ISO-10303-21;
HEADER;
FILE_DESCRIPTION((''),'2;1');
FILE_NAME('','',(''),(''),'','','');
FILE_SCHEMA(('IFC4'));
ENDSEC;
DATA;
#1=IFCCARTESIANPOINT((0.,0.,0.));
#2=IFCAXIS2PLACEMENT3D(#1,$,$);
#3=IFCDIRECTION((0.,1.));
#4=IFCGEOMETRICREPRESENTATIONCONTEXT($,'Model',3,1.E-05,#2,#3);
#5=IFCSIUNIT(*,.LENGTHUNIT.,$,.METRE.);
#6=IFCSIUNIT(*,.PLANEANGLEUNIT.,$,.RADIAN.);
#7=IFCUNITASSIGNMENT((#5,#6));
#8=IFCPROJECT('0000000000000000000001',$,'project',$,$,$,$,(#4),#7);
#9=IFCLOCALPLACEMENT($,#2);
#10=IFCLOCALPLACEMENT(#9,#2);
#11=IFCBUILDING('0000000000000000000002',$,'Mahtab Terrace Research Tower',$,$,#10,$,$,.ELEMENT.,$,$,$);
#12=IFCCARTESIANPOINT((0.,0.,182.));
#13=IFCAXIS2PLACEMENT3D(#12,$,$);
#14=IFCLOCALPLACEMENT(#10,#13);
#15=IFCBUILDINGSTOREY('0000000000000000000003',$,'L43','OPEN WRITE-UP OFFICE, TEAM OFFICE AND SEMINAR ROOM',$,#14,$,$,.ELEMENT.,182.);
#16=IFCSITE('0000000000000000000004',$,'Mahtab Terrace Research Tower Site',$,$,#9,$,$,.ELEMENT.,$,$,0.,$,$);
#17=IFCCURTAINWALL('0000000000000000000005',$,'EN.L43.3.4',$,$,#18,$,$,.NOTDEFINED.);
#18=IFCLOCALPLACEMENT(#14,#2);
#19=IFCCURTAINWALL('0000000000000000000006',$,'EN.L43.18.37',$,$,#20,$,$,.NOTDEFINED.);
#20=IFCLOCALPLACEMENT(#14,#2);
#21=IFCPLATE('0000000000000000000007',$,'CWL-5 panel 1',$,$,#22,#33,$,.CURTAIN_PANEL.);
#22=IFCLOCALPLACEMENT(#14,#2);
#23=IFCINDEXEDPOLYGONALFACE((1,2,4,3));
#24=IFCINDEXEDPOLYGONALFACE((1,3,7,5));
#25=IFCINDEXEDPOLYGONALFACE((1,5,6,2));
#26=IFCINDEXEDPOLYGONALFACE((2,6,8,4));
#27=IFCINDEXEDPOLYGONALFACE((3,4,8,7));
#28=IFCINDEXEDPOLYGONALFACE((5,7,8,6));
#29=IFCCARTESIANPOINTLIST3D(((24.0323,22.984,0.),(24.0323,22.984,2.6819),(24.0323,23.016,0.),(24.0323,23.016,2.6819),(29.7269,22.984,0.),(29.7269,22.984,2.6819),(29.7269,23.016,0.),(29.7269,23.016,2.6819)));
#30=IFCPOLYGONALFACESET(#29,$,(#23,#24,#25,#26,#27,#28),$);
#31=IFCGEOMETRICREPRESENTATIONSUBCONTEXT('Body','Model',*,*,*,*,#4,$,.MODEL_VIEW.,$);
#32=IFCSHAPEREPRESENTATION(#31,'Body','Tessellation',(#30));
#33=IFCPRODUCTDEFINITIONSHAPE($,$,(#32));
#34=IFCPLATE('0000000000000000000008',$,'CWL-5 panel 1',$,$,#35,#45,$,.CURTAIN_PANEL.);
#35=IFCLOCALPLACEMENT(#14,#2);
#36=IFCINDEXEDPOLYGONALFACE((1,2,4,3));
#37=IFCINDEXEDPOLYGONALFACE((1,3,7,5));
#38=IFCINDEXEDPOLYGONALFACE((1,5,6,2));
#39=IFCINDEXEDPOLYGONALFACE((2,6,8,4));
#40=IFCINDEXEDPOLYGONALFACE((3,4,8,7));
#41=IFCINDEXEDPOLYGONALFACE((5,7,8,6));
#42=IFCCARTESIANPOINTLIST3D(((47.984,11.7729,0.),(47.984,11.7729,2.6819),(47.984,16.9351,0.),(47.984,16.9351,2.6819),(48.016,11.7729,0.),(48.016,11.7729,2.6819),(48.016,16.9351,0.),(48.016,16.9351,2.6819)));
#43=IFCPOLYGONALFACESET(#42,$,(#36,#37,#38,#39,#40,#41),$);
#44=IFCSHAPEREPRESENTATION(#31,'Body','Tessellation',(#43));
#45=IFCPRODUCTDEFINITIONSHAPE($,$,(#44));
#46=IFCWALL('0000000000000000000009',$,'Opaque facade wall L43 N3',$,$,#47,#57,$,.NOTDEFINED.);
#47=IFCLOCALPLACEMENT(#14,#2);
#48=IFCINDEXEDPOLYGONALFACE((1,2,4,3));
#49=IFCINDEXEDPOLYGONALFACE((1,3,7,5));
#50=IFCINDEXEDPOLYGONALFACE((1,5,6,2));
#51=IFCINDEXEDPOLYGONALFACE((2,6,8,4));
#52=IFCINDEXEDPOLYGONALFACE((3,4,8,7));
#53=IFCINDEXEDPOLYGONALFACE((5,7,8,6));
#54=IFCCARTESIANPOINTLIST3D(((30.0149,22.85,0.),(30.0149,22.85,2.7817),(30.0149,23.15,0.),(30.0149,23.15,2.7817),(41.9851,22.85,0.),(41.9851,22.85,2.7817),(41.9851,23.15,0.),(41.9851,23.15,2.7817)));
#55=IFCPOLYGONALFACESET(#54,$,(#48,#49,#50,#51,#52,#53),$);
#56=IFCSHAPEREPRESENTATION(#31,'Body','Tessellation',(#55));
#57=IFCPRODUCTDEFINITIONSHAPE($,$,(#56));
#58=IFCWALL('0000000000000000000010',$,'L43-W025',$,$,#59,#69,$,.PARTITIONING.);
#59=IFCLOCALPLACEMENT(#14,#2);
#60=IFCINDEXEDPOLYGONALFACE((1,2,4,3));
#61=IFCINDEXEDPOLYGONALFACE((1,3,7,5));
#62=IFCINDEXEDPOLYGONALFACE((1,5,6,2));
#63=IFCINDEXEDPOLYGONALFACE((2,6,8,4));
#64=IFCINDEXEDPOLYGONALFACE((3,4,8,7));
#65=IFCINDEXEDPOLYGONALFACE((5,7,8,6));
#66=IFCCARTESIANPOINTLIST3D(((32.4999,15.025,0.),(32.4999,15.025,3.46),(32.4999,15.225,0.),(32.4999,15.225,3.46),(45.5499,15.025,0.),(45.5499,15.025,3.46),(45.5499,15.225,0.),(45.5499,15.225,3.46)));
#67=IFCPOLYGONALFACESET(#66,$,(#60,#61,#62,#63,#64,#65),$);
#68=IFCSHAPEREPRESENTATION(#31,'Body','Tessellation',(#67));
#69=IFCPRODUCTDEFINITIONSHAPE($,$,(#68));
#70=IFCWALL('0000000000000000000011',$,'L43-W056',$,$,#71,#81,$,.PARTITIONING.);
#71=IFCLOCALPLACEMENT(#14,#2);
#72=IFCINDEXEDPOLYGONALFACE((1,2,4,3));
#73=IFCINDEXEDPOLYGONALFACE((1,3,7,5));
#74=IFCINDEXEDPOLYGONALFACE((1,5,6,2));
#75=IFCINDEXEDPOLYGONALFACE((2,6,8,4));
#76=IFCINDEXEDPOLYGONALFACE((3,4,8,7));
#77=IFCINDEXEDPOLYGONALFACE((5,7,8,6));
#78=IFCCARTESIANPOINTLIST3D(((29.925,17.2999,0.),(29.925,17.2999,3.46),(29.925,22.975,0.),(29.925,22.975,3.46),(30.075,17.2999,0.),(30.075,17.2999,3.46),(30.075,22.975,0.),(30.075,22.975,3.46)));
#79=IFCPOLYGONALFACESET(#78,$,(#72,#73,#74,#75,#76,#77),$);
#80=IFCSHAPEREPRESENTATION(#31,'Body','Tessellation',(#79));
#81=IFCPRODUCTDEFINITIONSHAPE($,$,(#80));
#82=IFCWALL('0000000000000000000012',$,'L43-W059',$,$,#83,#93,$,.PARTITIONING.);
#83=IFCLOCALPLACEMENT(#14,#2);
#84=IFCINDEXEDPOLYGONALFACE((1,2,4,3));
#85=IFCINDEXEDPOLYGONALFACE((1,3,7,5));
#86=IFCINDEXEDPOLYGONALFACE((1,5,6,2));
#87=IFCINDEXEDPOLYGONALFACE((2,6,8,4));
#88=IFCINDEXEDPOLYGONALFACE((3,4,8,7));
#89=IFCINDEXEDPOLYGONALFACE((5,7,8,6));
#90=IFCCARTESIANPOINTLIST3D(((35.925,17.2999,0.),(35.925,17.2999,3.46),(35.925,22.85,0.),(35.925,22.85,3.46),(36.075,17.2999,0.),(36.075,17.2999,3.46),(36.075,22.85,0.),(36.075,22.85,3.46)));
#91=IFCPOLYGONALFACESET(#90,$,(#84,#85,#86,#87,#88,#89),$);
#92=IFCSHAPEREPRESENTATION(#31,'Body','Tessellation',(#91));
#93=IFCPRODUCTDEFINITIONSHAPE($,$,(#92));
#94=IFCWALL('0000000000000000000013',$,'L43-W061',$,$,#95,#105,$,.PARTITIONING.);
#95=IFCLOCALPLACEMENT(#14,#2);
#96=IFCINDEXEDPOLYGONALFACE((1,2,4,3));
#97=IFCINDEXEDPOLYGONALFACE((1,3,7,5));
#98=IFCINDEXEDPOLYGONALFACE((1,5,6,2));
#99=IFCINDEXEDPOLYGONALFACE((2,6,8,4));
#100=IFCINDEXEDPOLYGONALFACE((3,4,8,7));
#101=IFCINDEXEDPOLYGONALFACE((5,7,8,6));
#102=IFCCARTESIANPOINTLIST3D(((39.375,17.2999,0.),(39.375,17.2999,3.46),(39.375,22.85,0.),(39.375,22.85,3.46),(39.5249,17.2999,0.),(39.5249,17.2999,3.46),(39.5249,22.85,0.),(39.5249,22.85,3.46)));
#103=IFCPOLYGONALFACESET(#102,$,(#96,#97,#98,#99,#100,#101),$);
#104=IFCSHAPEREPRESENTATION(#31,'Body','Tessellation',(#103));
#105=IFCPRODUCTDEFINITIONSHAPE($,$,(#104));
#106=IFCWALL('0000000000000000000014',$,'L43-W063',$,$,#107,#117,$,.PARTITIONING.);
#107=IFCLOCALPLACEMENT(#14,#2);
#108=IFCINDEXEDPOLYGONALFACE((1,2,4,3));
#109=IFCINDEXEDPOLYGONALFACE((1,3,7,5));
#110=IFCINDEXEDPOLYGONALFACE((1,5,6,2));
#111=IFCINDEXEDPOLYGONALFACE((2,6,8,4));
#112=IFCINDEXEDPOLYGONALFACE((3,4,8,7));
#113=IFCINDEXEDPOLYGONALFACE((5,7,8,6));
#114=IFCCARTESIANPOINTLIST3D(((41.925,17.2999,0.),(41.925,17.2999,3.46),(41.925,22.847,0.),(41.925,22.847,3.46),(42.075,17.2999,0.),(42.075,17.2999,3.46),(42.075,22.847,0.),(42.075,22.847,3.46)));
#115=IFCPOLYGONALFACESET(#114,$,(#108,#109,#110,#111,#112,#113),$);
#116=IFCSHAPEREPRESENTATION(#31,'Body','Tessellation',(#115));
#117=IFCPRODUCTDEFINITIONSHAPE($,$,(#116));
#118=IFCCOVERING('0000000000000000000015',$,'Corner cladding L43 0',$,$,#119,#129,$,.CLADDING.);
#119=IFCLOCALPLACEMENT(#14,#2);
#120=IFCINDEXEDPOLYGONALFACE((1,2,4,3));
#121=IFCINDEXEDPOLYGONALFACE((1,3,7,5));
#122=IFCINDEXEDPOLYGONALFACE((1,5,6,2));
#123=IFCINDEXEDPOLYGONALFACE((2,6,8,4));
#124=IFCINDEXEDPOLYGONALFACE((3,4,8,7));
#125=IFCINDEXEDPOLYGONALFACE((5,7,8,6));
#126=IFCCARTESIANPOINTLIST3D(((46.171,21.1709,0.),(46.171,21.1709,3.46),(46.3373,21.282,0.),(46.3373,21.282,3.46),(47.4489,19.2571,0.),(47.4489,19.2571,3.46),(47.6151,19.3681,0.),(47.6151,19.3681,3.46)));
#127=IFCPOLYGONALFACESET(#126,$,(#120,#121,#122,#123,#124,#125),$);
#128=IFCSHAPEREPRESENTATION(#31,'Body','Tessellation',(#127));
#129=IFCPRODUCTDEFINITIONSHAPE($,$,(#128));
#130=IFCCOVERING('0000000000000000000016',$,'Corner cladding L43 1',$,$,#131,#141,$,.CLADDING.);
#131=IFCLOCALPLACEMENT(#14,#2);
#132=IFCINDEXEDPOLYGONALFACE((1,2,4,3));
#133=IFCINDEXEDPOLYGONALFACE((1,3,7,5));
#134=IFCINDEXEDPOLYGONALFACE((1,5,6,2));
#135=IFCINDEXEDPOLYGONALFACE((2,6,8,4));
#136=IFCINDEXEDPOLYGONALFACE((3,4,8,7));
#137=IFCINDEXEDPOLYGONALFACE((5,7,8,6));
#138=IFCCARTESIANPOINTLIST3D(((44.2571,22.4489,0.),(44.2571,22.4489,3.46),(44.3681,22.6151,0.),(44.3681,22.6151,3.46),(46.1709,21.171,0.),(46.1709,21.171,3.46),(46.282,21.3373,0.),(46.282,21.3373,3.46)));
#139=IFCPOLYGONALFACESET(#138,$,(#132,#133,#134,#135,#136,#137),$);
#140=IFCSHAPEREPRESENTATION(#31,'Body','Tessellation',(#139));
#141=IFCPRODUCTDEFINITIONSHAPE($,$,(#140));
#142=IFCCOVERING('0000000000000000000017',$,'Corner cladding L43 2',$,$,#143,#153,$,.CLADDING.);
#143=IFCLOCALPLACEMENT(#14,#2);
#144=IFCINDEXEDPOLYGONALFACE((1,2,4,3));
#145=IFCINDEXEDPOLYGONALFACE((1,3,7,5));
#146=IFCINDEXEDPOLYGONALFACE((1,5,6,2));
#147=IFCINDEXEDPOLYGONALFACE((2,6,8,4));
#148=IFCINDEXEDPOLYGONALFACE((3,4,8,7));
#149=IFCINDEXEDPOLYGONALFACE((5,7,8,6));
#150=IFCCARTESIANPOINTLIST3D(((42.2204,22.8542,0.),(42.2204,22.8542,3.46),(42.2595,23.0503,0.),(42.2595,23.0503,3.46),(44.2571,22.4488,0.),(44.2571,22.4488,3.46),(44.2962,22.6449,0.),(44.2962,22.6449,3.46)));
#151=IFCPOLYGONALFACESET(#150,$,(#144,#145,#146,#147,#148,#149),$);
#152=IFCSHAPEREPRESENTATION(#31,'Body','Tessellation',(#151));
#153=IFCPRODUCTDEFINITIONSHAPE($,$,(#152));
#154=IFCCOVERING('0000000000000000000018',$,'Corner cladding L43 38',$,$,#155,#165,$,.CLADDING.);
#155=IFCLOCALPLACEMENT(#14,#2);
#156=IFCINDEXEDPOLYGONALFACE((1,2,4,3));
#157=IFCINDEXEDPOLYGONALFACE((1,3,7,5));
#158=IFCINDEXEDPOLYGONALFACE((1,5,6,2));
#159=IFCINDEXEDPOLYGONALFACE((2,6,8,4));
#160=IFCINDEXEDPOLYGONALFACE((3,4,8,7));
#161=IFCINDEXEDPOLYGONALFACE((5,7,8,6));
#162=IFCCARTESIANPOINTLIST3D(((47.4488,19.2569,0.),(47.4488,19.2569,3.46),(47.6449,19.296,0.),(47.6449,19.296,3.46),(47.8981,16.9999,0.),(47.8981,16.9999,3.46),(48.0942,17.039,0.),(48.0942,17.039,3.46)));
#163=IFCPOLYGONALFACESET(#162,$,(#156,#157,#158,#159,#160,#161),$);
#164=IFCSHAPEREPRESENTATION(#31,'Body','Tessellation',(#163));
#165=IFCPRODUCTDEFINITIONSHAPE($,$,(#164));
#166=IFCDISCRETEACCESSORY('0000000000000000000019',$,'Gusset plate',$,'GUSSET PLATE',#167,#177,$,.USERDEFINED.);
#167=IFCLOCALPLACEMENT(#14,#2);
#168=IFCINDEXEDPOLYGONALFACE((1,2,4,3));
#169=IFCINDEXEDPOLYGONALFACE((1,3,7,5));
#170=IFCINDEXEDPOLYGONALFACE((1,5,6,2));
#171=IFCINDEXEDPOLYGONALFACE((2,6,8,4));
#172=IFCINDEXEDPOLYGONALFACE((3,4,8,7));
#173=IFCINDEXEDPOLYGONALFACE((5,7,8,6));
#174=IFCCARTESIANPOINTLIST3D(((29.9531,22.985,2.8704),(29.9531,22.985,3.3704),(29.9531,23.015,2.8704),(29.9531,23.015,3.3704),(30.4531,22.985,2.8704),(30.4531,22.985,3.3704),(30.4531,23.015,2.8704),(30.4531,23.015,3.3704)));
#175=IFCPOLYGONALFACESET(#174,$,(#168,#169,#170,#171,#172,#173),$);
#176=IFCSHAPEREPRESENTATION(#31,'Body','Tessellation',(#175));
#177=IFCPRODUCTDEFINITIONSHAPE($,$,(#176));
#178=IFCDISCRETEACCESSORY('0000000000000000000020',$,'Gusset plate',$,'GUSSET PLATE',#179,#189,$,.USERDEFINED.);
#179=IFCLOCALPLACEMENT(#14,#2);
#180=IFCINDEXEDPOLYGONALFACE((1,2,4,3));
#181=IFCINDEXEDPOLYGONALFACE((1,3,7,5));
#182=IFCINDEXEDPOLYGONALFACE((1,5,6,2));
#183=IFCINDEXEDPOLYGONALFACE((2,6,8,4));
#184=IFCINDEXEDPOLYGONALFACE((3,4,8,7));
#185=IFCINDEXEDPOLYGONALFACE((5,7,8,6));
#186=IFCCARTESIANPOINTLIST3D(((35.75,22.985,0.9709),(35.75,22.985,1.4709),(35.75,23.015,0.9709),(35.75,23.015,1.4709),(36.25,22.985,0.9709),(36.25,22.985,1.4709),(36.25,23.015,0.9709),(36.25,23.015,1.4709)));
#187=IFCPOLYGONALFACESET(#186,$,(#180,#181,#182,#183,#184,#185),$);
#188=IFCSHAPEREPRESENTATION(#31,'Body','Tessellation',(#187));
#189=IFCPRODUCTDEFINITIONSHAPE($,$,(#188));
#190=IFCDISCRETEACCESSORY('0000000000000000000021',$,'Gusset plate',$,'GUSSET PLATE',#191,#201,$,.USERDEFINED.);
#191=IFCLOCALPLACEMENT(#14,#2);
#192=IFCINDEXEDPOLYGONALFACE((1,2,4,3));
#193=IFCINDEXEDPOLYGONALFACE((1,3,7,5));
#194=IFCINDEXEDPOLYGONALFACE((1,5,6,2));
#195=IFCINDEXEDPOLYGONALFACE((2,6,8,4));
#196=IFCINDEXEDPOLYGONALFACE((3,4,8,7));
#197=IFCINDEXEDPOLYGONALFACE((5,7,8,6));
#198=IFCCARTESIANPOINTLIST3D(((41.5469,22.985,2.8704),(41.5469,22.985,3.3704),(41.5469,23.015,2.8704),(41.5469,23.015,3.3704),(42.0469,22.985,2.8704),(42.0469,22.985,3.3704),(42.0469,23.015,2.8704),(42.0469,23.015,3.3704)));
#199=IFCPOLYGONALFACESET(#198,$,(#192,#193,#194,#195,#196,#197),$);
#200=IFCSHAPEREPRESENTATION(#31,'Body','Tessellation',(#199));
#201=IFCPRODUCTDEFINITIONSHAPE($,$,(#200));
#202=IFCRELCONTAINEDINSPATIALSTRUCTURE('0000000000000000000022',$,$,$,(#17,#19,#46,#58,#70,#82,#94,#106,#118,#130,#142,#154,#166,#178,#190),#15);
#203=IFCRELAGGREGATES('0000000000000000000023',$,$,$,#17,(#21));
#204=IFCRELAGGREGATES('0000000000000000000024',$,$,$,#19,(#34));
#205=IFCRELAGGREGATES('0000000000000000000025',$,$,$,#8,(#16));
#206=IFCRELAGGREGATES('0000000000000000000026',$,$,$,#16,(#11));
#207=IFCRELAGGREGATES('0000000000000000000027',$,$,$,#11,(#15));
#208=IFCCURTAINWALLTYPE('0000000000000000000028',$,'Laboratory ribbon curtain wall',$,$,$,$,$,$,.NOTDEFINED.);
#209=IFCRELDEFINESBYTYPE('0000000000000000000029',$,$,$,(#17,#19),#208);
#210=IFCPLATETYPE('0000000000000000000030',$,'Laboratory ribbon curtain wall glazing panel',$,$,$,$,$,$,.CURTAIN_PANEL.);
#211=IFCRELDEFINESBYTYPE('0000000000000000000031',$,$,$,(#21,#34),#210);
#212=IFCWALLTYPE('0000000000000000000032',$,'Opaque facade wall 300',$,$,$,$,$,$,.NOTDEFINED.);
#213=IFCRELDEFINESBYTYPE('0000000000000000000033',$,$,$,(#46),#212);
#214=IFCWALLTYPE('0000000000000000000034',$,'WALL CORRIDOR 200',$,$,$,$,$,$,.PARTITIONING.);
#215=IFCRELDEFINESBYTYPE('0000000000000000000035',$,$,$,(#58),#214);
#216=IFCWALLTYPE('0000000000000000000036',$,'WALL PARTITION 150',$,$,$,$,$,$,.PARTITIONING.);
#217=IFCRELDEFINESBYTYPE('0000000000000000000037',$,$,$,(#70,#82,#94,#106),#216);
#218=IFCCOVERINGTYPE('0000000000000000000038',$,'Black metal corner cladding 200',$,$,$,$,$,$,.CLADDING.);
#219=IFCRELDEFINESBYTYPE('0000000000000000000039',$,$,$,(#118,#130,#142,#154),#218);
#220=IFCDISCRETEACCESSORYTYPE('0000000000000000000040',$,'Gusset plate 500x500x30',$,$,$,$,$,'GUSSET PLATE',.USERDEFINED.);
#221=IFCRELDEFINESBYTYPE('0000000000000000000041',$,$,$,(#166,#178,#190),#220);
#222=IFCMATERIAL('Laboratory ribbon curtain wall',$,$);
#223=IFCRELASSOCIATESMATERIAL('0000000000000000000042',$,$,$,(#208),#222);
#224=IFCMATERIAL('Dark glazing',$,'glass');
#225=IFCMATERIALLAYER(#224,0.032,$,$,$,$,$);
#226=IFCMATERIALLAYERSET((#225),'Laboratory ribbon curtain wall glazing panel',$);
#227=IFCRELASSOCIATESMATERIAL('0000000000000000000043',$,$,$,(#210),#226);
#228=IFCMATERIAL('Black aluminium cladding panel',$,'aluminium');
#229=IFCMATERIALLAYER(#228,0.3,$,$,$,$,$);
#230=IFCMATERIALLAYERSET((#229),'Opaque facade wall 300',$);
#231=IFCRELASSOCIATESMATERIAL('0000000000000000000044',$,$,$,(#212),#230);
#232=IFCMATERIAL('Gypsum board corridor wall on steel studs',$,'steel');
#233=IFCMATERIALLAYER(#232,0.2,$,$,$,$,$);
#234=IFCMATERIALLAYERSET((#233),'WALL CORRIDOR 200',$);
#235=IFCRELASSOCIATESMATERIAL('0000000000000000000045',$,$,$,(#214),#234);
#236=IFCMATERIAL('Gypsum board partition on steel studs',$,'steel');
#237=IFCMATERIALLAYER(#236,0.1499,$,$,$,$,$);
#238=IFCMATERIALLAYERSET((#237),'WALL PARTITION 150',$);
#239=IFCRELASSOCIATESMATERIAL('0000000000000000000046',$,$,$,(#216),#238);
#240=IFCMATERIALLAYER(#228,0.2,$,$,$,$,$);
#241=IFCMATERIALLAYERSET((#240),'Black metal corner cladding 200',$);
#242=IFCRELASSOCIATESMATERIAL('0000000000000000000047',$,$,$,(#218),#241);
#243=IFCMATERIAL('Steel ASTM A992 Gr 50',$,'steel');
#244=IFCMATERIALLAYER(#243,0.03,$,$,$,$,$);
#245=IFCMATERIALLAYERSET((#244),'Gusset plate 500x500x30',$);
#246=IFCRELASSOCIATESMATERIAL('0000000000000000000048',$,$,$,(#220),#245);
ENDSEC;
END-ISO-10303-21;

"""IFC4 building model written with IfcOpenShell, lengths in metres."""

from ifc_helpers import new_model, si_unit, direction, frame, frame_2d, origin, origin_2d, place, context, subcontext, project, spatial, rectangle, extrude, material, layer, layer_set, type_object, element, aggregate, save


model = new_model("IFC4")

# Units and contexts
model_context = context("Model", 3, precision=1e-05, world=origin(), true_north=direction((0.0, 1.0)))
body_context = subcontext(model_context, "Body", "Model", "MODEL_VIEW")
ifc_project = project(units=[si_unit("LENGTHUNIT", "METRE"), si_unit("PLANEANGLEUNIT", "RADIAN")], contexts=[model_context])

# Site, building, storey
site_placement = place(None, origin())
site = spatial("IfcSite", under=ifc_project, at=site_placement, Name="Mahtab Terrace Research Tower Site", CompositionType="ELEMENT", RefElevation=0.0)
building_placement = place(site_placement, origin())
building = spatial("IfcBuilding", under=site, at=building_placement, Name="Mahtab Terrace Research Tower", CompositionType="ELEMENT")
storey_placement = place(building_placement, frame((0.0, 0.0, 182.0)))
storey = spatial("IfcBuildingStorey", under=building, at=storey_placement, Name="L43", Description="OPEN WRITE-UP OFFICE, TEAM OFFICE AND SEMINAR ROOM", CompositionType="ELEMENT", Elevation=182.0)

# Shared definitions
ifc_material_1 = material(Name="Steel ASTM A992 Gr 50", Category="steel")

# Curtain walls
ifc_material_2 = material(Name="Laboratory ribbon curtain wall")
curtain_wall_type = type_object("IfcCurtainWallType", Name="Laboratory ribbon curtain wall", PredefinedType="NOTDEFINED", material=ifc_material_2)
curtain_wall_1_placement = place(storey_placement, origin())
curtain_wall_1 = element("IfcCurtainWall", 1, at=curtain_wall_1_placement, inside=storey, type_object=curtain_wall_type, Name="EN.L43.3.4", PredefinedType="NOTDEFINED")
curtain_wall_2_placement = place(storey_placement, origin())
curtain_wall_2 = element("IfcCurtainWall", 2, at=curtain_wall_2_placement, inside=storey, type_object=curtain_wall_type, Name="EN.L43.18.37", PredefinedType="NOTDEFINED")

# Plates
ifc_material_3 = material(Name="Dark glazing", Category="glass")
ifc_layer_1 = layer(ifc_material_3, 0.032)
ifc_layer_set_1 = layer_set([ifc_layer_1], Name="Laboratory ribbon curtain wall glazing panel")
plate_type = type_object("IfcPlateType", Name="Laboratory ribbon curtain wall glazing panel", PredefinedType="CURTAIN_PANEL", material=ifc_layer_set_1)
plate_1_placement = place(storey_placement, frame((26.8796, 23.0, 0.0), z_axis=(0.0, 0.0, 1.0), x_axis=(-1.0, 0.0, 0.0)))
plate_1 = element("IfcPlate", 3, at=plate_1_placement, type_object=plate_type, Name="CWL-5 panel 1", PredefinedType="CURTAIN_PANEL", context=body_context, shape_type="SweptSolid", body=[
    extrude(rectangle(XDim=5.6946, YDim=0.032, at=origin_2d()), origin(), (0.0, 0.0, 1.0), 2.6819),
])
aggregate(curtain_wall_1, [plate_1])
plate_2_placement = place(storey_placement, frame((48.0, 14.354, 0.0), z_axis=(0.0, 0.0, 1.0), x_axis=(0.0, 1.0, 0.0)))
plate_2 = element("IfcPlate", 4, at=plate_2_placement, type_object=plate_type, Name="CWL-5 panel 1", PredefinedType="CURTAIN_PANEL", context=body_context, shape_type="SweptSolid", body=[
    extrude(rectangle(XDim=5.1621, YDim=0.032, at=origin_2d()), origin(), (0.0, 0.0, 1.0), 2.6819),
])
aggregate(curtain_wall_2, [plate_2])

# Walls
ifc_material_4 = material(Name="Black aluminium cladding panel", Category="aluminium")
ifc_layer_2 = layer(ifc_material_4, 0.3)
ifc_layer_set_2 = layer_set([ifc_layer_2], Name="Opaque facade wall 300")
wall_type_1 = type_object("IfcWallType", Name="Opaque facade wall 300", PredefinedType="NOTDEFINED", material=ifc_layer_set_2)
wall_1_placement = place(storey_placement, frame((41.9851, 23.0, 0.0), z_axis=(0.0, 0.0, 1.0), x_axis=(-1.0, 0.0, 0.0)))
element("IfcWall", 5, at=wall_1_placement, inside=storey, type_object=wall_type_1, Name="Opaque facade wall L43 N3", PredefinedType="NOTDEFINED", context=body_context, shape_type="SweptSolid", body=[
    extrude(rectangle(XDim=11.9702, YDim=0.3, at=frame_2d((5.9851, 0.0))), origin(), (0.0, 0.0, 1.0), 2.7817),
])
ifc_material_5 = material(Name="Gypsum board corridor wall on steel studs", Category="steel")
ifc_layer_3 = layer(ifc_material_5, 0.2)
ifc_layer_set_3 = layer_set([ifc_layer_3], Name="WALL CORRIDOR 200")
wall_type_2 = type_object("IfcWallType", Name="WALL CORRIDOR 200", PredefinedType="PARTITIONING", material=ifc_layer_set_3)
wall_2_placement = place(storey_placement, frame((32.5, 15.125, 0.0), z_axis=(0.0, 0.0, 1.0), x_axis=(1.0, 0.0, 0.0)))
element("IfcWall", 6, at=wall_2_placement, inside=storey, type_object=wall_type_2, Name="L43-W025", PredefinedType="PARTITIONING", context=body_context, shape_type="SweptSolid", body=[
    extrude(rectangle(XDim=13.05, YDim=0.2, at=frame_2d((6.5249, 0.0))), origin(), (0.0, 0.0, 1.0), 3.46),
])
ifc_material_6 = material(Name="Gypsum board partition on steel studs", Category="steel")
ifc_layer_4 = layer(ifc_material_6, 0.1499)
ifc_layer_set_4 = layer_set([ifc_layer_4], Name="WALL PARTITION 150")
wall_type_3 = type_object("IfcWallType", Name="WALL PARTITION 150", PredefinedType="PARTITIONING", material=ifc_layer_set_4)
wall_3_placement = place(storey_placement, frame((30.0, 17.3, 0.0), z_axis=(0.0, 0.0, 1.0), x_axis=(0.0, 1.0, 0.0)))
element("IfcWall", 7, at=wall_3_placement, inside=storey, type_object=wall_type_3, Name="L43-W056", PredefinedType="PARTITIONING", context=body_context, shape_type="SweptSolid", body=[
    extrude(rectangle(XDim=5.675, YDim=0.1499, at=frame_2d((2.8374, 0.0))), origin(), (0.0, 0.0, 1.0), 3.46),
])
for number, where, z_axis, x_axis, name in (
    (8, (36.0, 17.3, 0.0), (0.0, 0.0, 1.0), (0.0, 1.0, 0.0), "L43-W059"),
    (9, (39.45, 17.3, 0.0), (0.0, 0.0, 1.0), (0.0, 1.0, 0.0), "L43-W061"),
):
    element("IfcWall", number, at=place(storey_placement, frame(where, z_axis=z_axis, x_axis=x_axis)), inside=storey, type_object=wall_type_3, Name=name, PredefinedType="PARTITIONING", context=body_context, shape_type="SweptSolid", body=[
        extrude(rectangle(XDim=5.55, YDim=0.1499, at=frame_2d((2.7749, 0.0))), origin(), (0.0, 0.0, 1.0), 3.46),
    ])
wall_4_placement = place(storey_placement, frame((42.0, 17.3, 0.0), z_axis=(0.0, 0.0, 1.0), x_axis=(0.0, 1.0, 0.0)))
element("IfcWall", 10, at=wall_4_placement, inside=storey, type_object=wall_type_3, Name="L43-W063", PredefinedType="PARTITIONING", context=body_context, shape_type="SweptSolid", body=[
    extrude(rectangle(XDim=5.5471, YDim=0.1499, at=frame_2d((2.7734, 0.0))), origin(), (0.0, 0.0, 1.0), 3.46),
])

# Coverings
ifc_layer_5 = layer(ifc_material_4, 0.2)
ifc_layer_set_5 = layer_set([ifc_layer_5], Name="Black metal corner cladding 200")
covering_type = type_object("IfcCoveringType", Name="Black metal corner cladding 200", PredefinedType="CLADDING", material=ifc_layer_set_5)
for number, where, z_axis, x_axis, name in (
    (11, (46.8931, 20.2695, 0.0), (0.0, 0.0, 1.0), (-0.555291, 0.831656, 0.0), "Corner cladding L43 0"),
    (12, (45.2695, 21.8931, 0.0), (0.0, 0.0, 1.0), (-0.831656, 0.555291, 0.0), "Corner cladding L43 1"),
):
    element("IfcCovering", number, at=place(storey_placement, frame(where, z_axis=z_axis, x_axis=x_axis)), inside=storey, type_object=covering_type, Name=name, PredefinedType="CLADDING", context=body_context, shape_type="SweptSolid", body=[
        extrude(rectangle(XDim=2.3013, YDim=0.2, at=origin_2d()), origin(), (0.0, 0.0, 1.0), 3.46),
    ])
covering_1_placement = place(storey_placement, frame((43.2583, 22.7495, 0.0), z_axis=(0.0, 0.0, 1.0), x_axis=(-0.980761, 0.195212, 0.0)))
element("IfcCovering", 13, at=covering_1_placement, inside=storey, type_object=covering_type, Name="Corner cladding L43 2", PredefinedType="CLADDING", context=body_context, shape_type="SweptSolid", body=[
    extrude(rectangle(XDim=2.0767, YDim=0.2, at=origin_2d()), origin(), (0.0, 0.0, 1.0), 3.46),
])
covering_2_placement = place(storey_placement, frame((47.7715, 18.1479, 0.0), z_axis=(0.0, 0.0, 1.0), x_axis=(-0.195212, 0.980761, 0.0)))
element("IfcCovering", 14, at=covering_2_placement, inside=storey, type_object=covering_type, Name="Corner cladding L43 38", PredefinedType="CLADDING", context=body_context, shape_type="SweptSolid", body=[
    extrude(rectangle(XDim=2.3013, YDim=0.2, at=origin_2d()), origin(), (0.0, 0.0, 1.0), 3.46),
])

# Discrete accessories
ifc_layer_6 = layer(ifc_material_1, 0.03)
ifc_layer_set_6 = layer_set([ifc_layer_6], Name="Gusset plate 500x500x30")
discrete_accessory_type = type_object("IfcDiscreteAccessoryType", Name="Gusset plate 500x500x30", ElementType="GUSSET PLATE", PredefinedType="USERDEFINED", material=ifc_layer_set_6)
for number, where, z_axis, x_axis, name in (
    (15, (30.2031, 23.0, 2.8704), (0.0, 0.0, 1.0), (1.0, 0.0, 0.0), "Gusset plate"),
    (16, (36.0, 23.0, 0.9709), (0.0, 0.0, 1.0), (1.0, 0.0, 0.0), "Gusset plate"),
    (17, (41.7969, 23.0, 2.8704), (0.0, 0.0, 1.0), (1.0, 0.0, 0.0), "Gusset plate"),
):
    element("IfcDiscreteAccessory", number, at=place(storey_placement, frame(where, z_axis=z_axis, x_axis=x_axis)), inside=storey, type_object=discrete_accessory_type, Name=name, ObjectType="GUSSET PLATE", PredefinedType="USERDEFINED", context=body_context, shape_type="SweptSolid", body=[
        extrude(rectangle(XDim=0.5, YDim=0.03, at=origin_2d()), origin(), (0.0, 0.0, 1.0), 0.5),
    ])

save(model, "model.ifc")
